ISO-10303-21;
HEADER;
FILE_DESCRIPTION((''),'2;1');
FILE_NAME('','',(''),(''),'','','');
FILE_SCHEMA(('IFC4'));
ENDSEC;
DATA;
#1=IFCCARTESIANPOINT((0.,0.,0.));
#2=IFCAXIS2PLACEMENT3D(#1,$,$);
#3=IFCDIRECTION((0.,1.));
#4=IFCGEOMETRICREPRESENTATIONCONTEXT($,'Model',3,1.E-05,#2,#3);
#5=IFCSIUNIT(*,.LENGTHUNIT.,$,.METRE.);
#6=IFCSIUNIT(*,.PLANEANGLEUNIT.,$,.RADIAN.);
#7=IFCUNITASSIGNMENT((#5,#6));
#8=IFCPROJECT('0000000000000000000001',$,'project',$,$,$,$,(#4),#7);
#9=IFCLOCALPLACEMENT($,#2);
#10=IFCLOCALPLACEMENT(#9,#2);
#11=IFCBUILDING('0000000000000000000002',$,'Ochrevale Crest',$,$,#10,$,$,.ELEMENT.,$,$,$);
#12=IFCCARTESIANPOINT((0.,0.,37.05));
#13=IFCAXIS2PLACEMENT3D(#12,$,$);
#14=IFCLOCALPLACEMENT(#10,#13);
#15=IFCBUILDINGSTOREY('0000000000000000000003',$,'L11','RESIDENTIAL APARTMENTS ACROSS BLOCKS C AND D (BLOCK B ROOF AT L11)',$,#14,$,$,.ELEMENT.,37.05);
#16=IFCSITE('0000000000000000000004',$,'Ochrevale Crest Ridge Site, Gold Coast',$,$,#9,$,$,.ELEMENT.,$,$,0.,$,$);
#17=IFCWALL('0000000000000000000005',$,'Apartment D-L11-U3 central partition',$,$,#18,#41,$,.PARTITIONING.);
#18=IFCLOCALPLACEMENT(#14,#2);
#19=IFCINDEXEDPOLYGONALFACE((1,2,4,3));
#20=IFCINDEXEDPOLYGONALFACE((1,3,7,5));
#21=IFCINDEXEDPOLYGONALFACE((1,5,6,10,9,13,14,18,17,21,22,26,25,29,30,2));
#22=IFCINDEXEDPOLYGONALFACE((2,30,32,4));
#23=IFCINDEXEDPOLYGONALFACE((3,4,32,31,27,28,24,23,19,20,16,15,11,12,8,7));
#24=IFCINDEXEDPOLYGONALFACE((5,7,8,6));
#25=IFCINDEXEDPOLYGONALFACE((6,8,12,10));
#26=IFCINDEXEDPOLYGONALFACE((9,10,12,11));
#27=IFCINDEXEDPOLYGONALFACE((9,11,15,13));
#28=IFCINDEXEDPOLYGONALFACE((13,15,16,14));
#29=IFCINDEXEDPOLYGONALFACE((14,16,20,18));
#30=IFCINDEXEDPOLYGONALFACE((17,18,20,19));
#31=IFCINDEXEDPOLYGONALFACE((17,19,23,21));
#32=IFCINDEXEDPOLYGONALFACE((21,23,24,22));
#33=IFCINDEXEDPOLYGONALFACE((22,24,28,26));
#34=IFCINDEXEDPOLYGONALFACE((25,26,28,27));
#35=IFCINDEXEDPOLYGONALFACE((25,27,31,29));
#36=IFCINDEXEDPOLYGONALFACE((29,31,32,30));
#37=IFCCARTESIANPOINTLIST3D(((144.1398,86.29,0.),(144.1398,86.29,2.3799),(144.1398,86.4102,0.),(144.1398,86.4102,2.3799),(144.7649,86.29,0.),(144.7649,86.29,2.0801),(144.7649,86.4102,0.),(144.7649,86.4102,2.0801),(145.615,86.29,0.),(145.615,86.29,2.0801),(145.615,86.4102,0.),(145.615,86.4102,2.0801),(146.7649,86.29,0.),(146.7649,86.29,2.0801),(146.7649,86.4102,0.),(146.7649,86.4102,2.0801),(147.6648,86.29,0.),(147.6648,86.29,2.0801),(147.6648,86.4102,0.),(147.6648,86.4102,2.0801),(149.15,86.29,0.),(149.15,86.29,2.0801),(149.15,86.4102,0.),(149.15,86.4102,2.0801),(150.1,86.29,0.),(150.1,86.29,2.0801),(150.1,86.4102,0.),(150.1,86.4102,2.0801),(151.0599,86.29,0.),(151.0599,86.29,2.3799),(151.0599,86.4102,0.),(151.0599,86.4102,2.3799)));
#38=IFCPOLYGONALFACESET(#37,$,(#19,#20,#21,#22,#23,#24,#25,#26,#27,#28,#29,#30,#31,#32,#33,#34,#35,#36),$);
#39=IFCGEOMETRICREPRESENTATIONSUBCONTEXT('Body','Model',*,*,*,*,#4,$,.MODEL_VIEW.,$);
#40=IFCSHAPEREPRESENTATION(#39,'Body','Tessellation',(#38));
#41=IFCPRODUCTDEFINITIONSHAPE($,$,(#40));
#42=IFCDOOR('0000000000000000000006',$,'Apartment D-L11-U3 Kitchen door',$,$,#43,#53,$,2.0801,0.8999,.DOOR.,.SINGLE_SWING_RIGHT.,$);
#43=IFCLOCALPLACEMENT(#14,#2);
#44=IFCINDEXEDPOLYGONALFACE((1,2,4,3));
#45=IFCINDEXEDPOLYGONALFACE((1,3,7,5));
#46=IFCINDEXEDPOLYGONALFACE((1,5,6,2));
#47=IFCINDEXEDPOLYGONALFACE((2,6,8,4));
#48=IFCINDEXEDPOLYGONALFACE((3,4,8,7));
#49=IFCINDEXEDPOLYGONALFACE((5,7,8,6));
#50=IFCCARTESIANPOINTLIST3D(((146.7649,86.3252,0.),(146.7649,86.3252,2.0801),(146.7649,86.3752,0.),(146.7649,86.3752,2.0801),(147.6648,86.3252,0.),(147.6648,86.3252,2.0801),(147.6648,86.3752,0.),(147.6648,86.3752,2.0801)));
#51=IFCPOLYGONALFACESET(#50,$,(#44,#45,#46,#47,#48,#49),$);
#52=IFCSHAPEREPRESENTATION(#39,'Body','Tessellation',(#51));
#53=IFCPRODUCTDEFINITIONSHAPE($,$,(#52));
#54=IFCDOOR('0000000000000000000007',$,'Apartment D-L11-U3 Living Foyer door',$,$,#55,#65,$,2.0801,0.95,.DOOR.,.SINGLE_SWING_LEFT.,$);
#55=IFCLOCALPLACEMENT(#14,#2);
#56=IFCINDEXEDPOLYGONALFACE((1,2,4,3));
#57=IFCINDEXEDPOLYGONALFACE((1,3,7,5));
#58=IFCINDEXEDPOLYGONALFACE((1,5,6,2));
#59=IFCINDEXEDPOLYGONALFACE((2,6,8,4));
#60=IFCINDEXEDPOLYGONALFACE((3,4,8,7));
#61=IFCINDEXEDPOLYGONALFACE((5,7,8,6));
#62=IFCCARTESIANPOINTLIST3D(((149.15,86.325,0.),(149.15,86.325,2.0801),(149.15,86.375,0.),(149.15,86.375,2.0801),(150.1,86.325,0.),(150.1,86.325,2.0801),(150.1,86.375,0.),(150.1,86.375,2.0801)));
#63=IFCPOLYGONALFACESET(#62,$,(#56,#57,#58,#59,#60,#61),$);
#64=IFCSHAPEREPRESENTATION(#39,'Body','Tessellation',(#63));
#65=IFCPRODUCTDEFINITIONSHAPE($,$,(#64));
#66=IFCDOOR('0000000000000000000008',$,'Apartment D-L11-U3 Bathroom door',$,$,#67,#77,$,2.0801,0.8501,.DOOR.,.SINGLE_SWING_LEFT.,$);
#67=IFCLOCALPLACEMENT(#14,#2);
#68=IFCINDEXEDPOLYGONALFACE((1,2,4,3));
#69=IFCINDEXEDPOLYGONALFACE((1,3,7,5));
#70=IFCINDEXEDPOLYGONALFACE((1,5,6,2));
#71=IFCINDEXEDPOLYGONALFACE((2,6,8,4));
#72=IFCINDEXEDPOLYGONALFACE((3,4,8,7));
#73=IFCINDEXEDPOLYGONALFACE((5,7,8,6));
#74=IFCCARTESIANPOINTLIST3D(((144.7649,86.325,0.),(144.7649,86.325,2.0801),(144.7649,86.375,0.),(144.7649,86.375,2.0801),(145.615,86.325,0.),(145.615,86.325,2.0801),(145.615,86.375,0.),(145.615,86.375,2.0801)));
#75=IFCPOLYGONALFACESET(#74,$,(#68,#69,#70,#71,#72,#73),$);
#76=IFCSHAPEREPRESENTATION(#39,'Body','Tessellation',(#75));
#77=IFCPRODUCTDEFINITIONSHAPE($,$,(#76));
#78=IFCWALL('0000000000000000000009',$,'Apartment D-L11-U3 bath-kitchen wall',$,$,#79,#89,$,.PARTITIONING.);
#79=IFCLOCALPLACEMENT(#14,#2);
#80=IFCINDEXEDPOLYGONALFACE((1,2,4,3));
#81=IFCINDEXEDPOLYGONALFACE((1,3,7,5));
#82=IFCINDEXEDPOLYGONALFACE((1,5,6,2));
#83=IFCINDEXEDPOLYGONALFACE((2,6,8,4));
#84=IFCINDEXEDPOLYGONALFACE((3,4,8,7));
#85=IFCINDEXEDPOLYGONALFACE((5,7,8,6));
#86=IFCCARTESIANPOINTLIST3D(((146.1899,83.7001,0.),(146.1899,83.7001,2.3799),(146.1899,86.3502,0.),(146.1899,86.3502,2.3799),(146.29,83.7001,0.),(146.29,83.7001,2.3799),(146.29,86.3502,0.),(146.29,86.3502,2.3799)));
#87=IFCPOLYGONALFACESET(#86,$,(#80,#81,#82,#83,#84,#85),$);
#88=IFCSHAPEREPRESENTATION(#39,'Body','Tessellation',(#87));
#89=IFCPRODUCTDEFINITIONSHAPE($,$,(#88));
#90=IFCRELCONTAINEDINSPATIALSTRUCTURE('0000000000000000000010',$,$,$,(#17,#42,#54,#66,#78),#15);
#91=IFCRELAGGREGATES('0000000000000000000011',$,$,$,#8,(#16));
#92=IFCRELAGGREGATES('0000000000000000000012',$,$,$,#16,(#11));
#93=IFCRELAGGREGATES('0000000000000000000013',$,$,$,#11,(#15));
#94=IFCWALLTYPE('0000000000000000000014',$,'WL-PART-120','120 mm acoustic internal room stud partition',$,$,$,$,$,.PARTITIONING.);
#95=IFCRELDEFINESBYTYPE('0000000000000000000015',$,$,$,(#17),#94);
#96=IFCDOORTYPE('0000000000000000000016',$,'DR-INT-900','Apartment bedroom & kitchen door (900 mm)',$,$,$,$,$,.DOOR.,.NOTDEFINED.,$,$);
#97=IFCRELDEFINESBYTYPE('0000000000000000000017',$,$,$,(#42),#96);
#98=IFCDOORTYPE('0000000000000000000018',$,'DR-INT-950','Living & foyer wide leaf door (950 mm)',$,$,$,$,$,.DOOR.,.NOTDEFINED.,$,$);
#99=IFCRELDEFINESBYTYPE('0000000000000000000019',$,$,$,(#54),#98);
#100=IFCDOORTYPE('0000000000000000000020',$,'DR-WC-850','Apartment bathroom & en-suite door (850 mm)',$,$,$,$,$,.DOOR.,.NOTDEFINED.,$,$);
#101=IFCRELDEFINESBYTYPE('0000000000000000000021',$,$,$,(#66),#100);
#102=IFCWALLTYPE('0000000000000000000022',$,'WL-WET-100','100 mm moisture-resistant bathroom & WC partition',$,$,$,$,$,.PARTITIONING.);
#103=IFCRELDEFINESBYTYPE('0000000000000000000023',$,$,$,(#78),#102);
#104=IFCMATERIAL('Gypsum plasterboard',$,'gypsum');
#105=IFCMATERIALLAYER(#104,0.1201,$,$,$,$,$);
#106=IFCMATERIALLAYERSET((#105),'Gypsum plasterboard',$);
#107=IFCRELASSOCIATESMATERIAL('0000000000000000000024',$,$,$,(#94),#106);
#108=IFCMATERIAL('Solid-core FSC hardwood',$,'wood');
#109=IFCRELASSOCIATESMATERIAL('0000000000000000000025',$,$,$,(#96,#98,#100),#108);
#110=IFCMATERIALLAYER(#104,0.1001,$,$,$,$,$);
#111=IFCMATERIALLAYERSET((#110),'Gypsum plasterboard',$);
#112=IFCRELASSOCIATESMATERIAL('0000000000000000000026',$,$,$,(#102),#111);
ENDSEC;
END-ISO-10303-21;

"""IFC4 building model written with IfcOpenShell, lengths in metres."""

from ifc_helpers import new_model, si_unit, direction, frame, frame_2d, origin, place, context, subcontext, project, spatial, rectangle, extrude, material, layer, layer_set, type_object, element, fill, save


model = new_model("IFC4")

# Units and contexts
model_context = context("Model", 3, precision=1e-05, world=origin(), true_north=direction((0.0, 1.0)))
body_context = subcontext(model_context, "Body", "Model", "MODEL_VIEW")
ifc_project = project(units=[si_unit("LENGTHUNIT", "METRE"), si_unit("PLANEANGLEUNIT", "RADIAN")], contexts=[model_context])

# Site, building, storey
site_placement = place(None, origin())
site = spatial("IfcSite", under=ifc_project, at=site_placement, Name="Ochrevale Crest Ridge Site, Gold Coast", CompositionType="ELEMENT", RefElevation=0.0)
building_placement = place(site_placement, origin())
building = spatial("IfcBuilding", under=site, at=building_placement, Name="Ochrevale Crest", CompositionType="ELEMENT")
storey_placement = place(building_placement, frame((0.0, 0.0, 37.05)))
storey = spatial("IfcBuildingStorey", under=building, at=storey_placement, Name="L11", Description="RESIDENTIAL APARTMENTS ACROSS BLOCKS C AND D (BLOCK B ROOF AT L11)", CompositionType="ELEMENT", Elevation=37.05)

# Shared definitions
ifc_material_1 = material(Name="Gypsum plasterboard", Category="gypsum")
ifc_material_2 = material(Name="Solid-core FSC hardwood", Category="wood")

# Shared definitions
ifc_layer_1 = layer(ifc_material_1, 0.1201)
ifc_layer_set_1 = layer_set([ifc_layer_1], Name="Gypsum plasterboard")
wall_type_1 = type_object("IfcWallType", Name="WL-PART-120", Description="120 mm acoustic internal room stud partition", PredefinedType="PARTITIONING", material=ifc_layer_set_1)

# Wall, openings, doors
wall_1_placement = place(storey_placement, frame((144.1399, 86.3501, 0.0), z_axis=(0.0, 0.0, 1.0), x_axis=(1.0, 0.0, 0.0)))
wall_1 = element("IfcWall", 1, at=wall_1_placement, inside=storey, type_object=wall_type_1, Name="Apartment D-L11-U3 central partition", PredefinedType="PARTITIONING", context=body_context, shape_type="SweptSolid", body=[
    extrude(rectangle(XDim=6.9202, YDim=0.1201, at=frame_2d((3.46, 0.0))), origin(), (0.0, 0.0, 1.0), 2.3799),
])
opening_1_placement = place(wall_1_placement, frame((0.625, 0.0, 0.0)))
opening_1 = element("IfcOpeningElement", 2, at=opening_1_placement, cuts=wall_1, PredefinedType="OPENING", context=body_context, shape_type="SweptSolid", body=[
    extrude(rectangle(XDim=0.8501, YDim=2.0801, at=frame_2d((0.425, 1.04))), frame((0.0, 0.0701, 0.0), z_axis=(0.0, -1.0, 0.0), x_axis=(1.0, 0.0, 0.0)), (0.0, 0.0, 1.0), 0.1401),
])
opening_2_placement = place(wall_1_placement, frame((3.5249, 0.0, 0.0), z_axis=(0.0, 0.0, 1.0), x_axis=(-1.0, 0.0, 0.0)))
opening_2 = element("IfcOpeningElement", 3, at=opening_2_placement, cuts=wall_1, PredefinedType="OPENING", context=body_context, shape_type="SweptSolid", body=[
    extrude(rectangle(XDim=0.8999, YDim=2.0801, at=frame_2d((0.45, 1.04))), frame((0.0, 0.0701, 0.0), z_axis=(0.0, -1.0, 0.0), x_axis=(1.0, 0.0, 0.0)), (0.0, 0.0, 1.0), 0.1401),
])
opening_3_placement = place(wall_1_placement, frame((5.01, 0.0, 0.0)))
opening_3 = element("IfcOpeningElement", 4, at=opening_3_placement, cuts=wall_1, PredefinedType="OPENING", context=body_context, shape_type="SweptSolid", body=[
    extrude(rectangle(XDim=0.95, YDim=2.0801, at=frame_2d((0.4751, 1.04))), frame((0.0, 0.0701, 0.0), z_axis=(0.0, -1.0, 0.0), x_axis=(1.0, 0.0, 0.0)), (0.0, 0.0, 1.0), 0.1401),
])
door_type_1 = type_object("IfcDoorType", Name="DR-INT-900", Description="Apartment bedroom & kitchen door (900 mm)", OperationType="NOTDEFINED", PredefinedType="DOOR", material=ifc_material_2)
door_1_placement = place(opening_2_placement, origin())
door_1 = element("IfcDoor", 5, at=door_1_placement, inside=storey, type_object=door_type_1, Name="Apartment D-L11-U3 Kitchen door", OperationType="SINGLE_SWING_RIGHT", OverallHeight=2.0801, OverallWidth=0.8999, PredefinedType="DOOR", context=body_context, shape_type="SweptSolid", body=[
    extrude(rectangle(XDim=0.8999, YDim=2.0801, at=frame_2d((0.45, 1.04))), frame((0.0, 0.0249, 0.0), z_axis=(0.0, -1.0, 0.0), x_axis=(1.0, 0.0, 0.0)), (0.0, 0.0, 1.0), 0.05),
])
fill(opening_2, door_1)
door_type_2 = type_object("IfcDoorType", Name="DR-INT-950", Description="Living & foyer wide leaf door (950 mm)", OperationType="NOTDEFINED", PredefinedType="DOOR", material=ifc_material_2)
door_2_placement = place(opening_3_placement, origin())
door_2 = element("IfcDoor", 6, at=door_2_placement, inside=storey, type_object=door_type_2, Name="Apartment D-L11-U3 Living Foyer door", OperationType="SINGLE_SWING_LEFT", OverallHeight=2.0801, OverallWidth=0.95, PredefinedType="DOOR", context=body_context, shape_type="SweptSolid", body=[
    extrude(rectangle(XDim=0.95, YDim=2.0801, at=frame_2d((0.4751, 1.04))), frame((0.0, 0.0249, 0.0), z_axis=(0.0, -1.0, 0.0), x_axis=(1.0, 0.0, 0.0)), (0.0, 0.0, 1.0), 0.05),
])
fill(opening_3, door_2)
door_type_3 = type_object("IfcDoorType", Name="DR-WC-850", Description="Apartment bathroom & en-suite door (850 mm)", OperationType="NOTDEFINED", PredefinedType="DOOR", material=ifc_material_2)
door_3_placement = place(opening_1_placement, origin())
door_3 = element("IfcDoor", 7, at=door_3_placement, inside=storey, type_object=door_type_3, Name="Apartment D-L11-U3 Bathroom door", OperationType="SINGLE_SWING_LEFT", OverallHeight=2.0801, OverallWidth=0.8501, PredefinedType="DOOR", context=body_context, shape_type="SweptSolid", body=[
    extrude(rectangle(XDim=0.8501, YDim=2.0801, at=frame_2d((0.425, 1.04))), frame((0.0, 0.0249, 0.0), z_axis=(0.0, -1.0, 0.0), x_axis=(1.0, 0.0, 0.0)), (0.0, 0.0, 1.0), 0.05),
])
fill(opening_1, door_3)

# Wall
ifc_layer_2 = layer(ifc_material_1, 0.1001)
ifc_layer_set_2 = layer_set([ifc_layer_2], Name="Gypsum plasterboard")
wall_type_2 = type_object("IfcWallType", Name="WL-WET-100", Description="100 mm moisture-resistant bathroom & WC partition", PredefinedType="PARTITIONING", material=ifc_layer_set_2)
wall_2_placement = place(storey_placement, frame((146.24, 83.7, 0.0), z_axis=(0.0, 0.0, 1.0), x_axis=(0.0, 1.0, 0.0)))
element("IfcWall", 8, at=wall_2_placement, inside=storey, type_object=wall_type_2, Name="Apartment D-L11-U3 bath-kitchen wall", PredefinedType="PARTITIONING", context=body_context, shape_type="SweptSolid", body=[
    extrude(rectangle(XDim=2.6501, YDim=0.1001, at=frame_2d((1.3252, 0.0))), origin(), (0.0, 0.0, 1.0), 2.3799),
])

save(model, "model.ifc")
